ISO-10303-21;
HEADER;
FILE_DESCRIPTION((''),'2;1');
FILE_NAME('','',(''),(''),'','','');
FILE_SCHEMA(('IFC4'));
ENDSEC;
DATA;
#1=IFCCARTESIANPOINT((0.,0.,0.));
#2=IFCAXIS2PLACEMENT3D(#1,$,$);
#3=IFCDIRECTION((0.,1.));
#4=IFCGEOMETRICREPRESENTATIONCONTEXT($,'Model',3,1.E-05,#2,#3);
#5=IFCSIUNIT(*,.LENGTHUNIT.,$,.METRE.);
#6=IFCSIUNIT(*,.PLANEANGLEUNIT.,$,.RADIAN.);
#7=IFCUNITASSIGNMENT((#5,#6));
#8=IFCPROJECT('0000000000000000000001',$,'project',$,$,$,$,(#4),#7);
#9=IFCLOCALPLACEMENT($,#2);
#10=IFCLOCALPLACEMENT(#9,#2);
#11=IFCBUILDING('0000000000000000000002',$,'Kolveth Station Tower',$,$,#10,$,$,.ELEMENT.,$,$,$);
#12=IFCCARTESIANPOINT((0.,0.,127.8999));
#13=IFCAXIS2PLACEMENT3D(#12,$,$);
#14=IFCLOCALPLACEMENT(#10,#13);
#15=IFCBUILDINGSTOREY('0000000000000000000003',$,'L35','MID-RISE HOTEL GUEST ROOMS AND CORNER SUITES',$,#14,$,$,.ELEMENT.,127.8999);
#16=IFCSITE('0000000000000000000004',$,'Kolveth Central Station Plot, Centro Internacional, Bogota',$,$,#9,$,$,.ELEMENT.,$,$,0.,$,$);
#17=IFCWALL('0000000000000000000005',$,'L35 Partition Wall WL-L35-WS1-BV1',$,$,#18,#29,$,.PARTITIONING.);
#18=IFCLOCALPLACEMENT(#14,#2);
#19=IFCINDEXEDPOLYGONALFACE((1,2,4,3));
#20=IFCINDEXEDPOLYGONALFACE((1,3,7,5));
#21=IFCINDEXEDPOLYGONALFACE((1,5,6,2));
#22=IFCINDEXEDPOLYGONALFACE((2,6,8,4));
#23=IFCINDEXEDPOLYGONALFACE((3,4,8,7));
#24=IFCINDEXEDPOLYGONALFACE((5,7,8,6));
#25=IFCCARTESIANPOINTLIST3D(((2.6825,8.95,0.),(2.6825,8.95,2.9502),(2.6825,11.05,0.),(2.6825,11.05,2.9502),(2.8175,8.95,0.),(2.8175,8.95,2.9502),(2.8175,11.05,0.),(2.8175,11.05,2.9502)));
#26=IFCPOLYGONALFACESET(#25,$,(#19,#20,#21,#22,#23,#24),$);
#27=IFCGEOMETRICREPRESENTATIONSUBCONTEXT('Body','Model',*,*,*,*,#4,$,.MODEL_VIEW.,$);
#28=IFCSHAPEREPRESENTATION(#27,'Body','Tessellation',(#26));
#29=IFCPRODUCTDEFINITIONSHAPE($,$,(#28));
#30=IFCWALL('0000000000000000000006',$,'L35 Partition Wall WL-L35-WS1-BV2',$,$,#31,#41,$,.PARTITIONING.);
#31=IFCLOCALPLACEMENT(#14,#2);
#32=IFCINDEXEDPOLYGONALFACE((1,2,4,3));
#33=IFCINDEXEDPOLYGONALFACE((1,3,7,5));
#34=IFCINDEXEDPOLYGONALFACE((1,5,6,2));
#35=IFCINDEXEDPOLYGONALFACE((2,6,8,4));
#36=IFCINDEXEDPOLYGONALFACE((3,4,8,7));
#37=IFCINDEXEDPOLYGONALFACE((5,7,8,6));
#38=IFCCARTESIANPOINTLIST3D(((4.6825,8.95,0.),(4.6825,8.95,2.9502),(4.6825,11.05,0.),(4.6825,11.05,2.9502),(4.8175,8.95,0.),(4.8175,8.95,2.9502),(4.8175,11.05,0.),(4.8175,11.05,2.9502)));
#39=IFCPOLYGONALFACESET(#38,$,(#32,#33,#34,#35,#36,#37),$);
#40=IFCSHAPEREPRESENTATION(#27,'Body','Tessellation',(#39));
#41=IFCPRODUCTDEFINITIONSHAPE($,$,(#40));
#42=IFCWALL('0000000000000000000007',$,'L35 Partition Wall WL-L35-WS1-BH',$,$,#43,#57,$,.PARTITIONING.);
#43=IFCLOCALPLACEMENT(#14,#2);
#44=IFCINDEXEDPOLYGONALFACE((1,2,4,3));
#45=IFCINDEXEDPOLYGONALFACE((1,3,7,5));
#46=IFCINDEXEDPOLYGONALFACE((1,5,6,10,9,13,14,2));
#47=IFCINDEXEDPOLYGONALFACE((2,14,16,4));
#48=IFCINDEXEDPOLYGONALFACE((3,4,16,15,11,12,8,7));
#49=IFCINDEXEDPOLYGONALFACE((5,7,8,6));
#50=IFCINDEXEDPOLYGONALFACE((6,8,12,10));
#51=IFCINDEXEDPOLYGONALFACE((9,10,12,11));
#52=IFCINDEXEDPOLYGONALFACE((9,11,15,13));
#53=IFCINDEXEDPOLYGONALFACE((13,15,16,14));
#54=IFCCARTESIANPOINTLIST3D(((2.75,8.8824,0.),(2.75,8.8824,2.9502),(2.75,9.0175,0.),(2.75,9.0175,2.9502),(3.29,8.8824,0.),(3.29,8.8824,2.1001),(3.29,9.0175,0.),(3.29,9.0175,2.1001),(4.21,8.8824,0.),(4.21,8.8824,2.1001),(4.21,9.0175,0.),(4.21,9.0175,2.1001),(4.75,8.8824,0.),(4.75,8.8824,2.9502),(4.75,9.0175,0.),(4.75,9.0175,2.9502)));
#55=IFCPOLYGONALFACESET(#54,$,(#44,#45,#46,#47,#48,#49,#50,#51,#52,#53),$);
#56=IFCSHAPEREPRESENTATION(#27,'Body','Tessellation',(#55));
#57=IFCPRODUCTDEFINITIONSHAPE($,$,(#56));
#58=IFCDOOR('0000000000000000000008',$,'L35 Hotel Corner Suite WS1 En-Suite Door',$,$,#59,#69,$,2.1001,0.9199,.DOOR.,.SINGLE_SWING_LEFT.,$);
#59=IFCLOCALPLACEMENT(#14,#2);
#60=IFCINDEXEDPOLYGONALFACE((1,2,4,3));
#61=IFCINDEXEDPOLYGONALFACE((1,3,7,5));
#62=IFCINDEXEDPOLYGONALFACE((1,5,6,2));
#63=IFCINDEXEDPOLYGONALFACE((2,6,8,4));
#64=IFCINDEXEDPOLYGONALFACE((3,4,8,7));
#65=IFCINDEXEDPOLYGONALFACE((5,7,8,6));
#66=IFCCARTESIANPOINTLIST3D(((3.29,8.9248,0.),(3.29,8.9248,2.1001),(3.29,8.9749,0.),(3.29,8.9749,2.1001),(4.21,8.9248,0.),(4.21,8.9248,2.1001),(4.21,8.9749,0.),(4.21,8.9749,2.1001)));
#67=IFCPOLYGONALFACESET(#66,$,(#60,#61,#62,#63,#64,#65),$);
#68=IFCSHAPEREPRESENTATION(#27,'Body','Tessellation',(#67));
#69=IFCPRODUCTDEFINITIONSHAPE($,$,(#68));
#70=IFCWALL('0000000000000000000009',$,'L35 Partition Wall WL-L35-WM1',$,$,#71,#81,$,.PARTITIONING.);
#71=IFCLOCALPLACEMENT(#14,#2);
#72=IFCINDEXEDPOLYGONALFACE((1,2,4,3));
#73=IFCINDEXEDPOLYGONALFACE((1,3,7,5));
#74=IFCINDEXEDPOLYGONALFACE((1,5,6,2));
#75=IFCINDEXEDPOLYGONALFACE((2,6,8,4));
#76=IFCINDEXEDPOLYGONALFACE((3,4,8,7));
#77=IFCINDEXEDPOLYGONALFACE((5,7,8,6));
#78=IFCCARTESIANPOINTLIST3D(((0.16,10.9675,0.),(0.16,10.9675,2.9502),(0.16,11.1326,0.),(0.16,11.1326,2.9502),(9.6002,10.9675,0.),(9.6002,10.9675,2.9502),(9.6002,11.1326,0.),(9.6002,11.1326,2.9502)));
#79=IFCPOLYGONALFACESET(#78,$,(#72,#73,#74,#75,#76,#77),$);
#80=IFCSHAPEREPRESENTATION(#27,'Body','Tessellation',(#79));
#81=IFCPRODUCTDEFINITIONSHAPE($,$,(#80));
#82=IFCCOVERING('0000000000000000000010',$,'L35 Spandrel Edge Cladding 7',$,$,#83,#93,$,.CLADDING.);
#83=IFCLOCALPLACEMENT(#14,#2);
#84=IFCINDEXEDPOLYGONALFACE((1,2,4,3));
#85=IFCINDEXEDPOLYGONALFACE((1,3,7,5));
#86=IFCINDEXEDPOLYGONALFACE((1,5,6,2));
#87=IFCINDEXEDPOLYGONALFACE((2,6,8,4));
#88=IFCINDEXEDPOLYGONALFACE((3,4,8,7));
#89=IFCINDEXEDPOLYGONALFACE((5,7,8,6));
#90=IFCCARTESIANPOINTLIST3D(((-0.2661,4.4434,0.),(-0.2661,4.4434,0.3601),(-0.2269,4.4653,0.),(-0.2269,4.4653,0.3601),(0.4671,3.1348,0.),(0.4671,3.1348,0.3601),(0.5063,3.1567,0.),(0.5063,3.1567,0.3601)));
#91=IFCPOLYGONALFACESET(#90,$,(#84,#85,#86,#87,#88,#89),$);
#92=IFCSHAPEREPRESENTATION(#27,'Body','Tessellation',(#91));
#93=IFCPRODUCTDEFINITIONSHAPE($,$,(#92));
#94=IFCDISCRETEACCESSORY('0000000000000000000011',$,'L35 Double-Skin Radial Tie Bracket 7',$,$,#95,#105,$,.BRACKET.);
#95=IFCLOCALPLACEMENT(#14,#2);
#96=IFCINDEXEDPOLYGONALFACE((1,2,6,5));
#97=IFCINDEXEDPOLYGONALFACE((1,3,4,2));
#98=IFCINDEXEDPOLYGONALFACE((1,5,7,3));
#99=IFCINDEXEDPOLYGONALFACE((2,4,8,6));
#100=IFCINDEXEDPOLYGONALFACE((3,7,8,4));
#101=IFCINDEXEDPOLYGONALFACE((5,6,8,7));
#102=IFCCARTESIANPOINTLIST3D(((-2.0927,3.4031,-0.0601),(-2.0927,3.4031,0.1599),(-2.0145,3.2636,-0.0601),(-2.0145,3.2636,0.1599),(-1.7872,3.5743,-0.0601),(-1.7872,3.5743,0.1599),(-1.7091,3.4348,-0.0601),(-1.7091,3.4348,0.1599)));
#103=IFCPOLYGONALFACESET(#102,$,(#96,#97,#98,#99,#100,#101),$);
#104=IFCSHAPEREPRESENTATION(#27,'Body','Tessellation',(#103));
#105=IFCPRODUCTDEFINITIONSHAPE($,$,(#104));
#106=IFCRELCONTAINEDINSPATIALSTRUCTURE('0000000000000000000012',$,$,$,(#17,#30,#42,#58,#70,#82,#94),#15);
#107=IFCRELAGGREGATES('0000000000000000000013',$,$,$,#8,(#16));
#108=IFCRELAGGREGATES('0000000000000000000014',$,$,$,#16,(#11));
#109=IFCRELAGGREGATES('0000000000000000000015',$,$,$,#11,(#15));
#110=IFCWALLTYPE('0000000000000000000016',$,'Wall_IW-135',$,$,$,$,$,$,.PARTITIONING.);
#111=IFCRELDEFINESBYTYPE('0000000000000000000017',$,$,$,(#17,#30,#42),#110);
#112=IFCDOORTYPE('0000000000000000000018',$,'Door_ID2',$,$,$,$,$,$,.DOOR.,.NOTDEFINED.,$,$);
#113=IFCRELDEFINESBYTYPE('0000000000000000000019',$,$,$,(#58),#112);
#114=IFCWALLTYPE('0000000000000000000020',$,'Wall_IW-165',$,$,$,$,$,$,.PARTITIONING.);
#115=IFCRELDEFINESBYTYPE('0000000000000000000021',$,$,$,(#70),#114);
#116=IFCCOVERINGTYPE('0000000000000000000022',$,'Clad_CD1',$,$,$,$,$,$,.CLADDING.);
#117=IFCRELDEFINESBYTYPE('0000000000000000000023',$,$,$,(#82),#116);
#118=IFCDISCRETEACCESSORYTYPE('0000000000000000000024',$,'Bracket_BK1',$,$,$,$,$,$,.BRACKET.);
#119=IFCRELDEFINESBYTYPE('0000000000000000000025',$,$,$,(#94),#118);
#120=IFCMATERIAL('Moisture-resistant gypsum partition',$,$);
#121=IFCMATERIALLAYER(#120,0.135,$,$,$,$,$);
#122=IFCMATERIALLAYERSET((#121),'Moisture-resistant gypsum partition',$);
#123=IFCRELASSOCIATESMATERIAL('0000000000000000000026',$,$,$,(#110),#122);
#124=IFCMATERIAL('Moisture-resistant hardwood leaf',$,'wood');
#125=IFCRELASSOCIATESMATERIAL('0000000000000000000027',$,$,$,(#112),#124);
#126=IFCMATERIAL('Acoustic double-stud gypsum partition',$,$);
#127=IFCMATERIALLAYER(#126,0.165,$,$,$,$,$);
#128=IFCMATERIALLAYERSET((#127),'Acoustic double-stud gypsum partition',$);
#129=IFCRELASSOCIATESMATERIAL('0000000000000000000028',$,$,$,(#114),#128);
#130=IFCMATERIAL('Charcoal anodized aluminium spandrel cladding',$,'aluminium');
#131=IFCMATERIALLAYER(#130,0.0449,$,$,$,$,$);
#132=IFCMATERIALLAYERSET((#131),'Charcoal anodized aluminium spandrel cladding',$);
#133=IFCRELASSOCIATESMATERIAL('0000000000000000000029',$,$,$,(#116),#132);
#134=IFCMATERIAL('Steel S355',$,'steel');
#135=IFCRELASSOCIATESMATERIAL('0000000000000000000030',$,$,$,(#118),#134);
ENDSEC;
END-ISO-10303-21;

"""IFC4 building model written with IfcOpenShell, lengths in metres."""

from ifc_helpers import new_model, si_unit, direction, frame, frame_2d, origin, origin_2d, place, context, subcontext, project, spatial, rectangle, extrude, source, transform, mapped, material, layer, layer_set, type_object, element, fill, save


model = new_model("IFC4")

# Units and contexts
model_context = context("Model", 3, precision=1e-05, world=origin(), true_north=direction((0.0, 1.0)))
body_context = subcontext(model_context, "Body", "Model", "MODEL_VIEW")
ifc_project = project(units=[si_unit("LENGTHUNIT", "METRE"), si_unit("PLANEANGLEUNIT", "RADIAN")], contexts=[model_context])

# Site, building, storey
site_placement = place(None, origin())
site = spatial("IfcSite", under=ifc_project, at=site_placement, Name="Kolveth Central Station Plot, Centro Internacional, Bogota", CompositionType="ELEMENT", RefElevation=0.0)
building_placement = place(site_placement, origin())
building = spatial("IfcBuilding", under=site, at=building_placement, Name="Kolveth Station Tower", CompositionType="ELEMENT")
storey_placement = place(building_placement, frame((0.0, 0.0, 127.8999)))
storey = spatial("IfcBuildingStorey", under=building, at=storey_placement, Name="L35", Description="MID-RISE HOTEL GUEST ROOMS AND CORNER SUITES", CompositionType="ELEMENT", Elevation=127.8999)

# Shared definitions
ifc_material_1 = material(Name="Steel S355", Category="steel")

# Walls
ifc_material_2 = material(Name="Moisture-resistant gypsum partition")
ifc_layer_1 = layer(ifc_material_2, 0.135)
ifc_layer_set_1 = layer_set([ifc_layer_1], Name="Moisture-resistant gypsum partition")
wall_type_1 = type_object("IfcWallType", Name="Wall_IW-135", PredefinedType="PARTITIONING", material=ifc_layer_set_1)
for number, where, z_axis, x_axis, name in (
    (1, (2.75, 8.95, 0.0), (0.0, 0.0, 1.0), (0.0, 1.0, 0.0), "L35 Partition Wall WL-L35-WS1-BV1"),
    (2, (4.75, 8.95, 0.0), (0.0, 0.0, 1.0), (0.0, 1.0, 0.0), "L35 Partition Wall WL-L35-WS1-BV2"),
):
    element("IfcWall", number, at=place(storey_placement, frame(where, z_axis=z_axis, x_axis=x_axis)), inside=storey, type_object=wall_type_1, Name=name, PredefinedType="PARTITIONING", context=body_context, shape_type="SweptSolid", body=[
        extrude(rectangle(XDim=2.1001, YDim=0.135, at=frame_2d((1.05, 0.0))), origin(), (0.0, 0.0, 1.0), 2.9502),
    ])

# Wall, opening, door
wall_1_placement = place(storey_placement, frame((2.75, 8.95, 0.0), z_axis=(0.0, 0.0, 1.0), x_axis=(1.0, 0.0, 0.0)))
wall_1 = element("IfcWall", 3, at=wall_1_placement, inside=storey, type_object=wall_type_1, Name="L35 Partition Wall WL-L35-WS1-BH", PredefinedType="PARTITIONING", context=body_context, shape_type="SweptSolid", body=[
    extrude(rectangle(XDim=2.0, YDim=0.135, at=frame_2d((1.0, 0.0))), origin(), (0.0, 0.0, 1.0), 2.9502),
])
opening_placement = place(wall_1_placement, frame((0.54, 0.0, 0.0)))
opening = element("IfcOpeningElement", 4, at=opening_placement, cuts=wall_1, PredefinedType="OPENING", context=body_context, shape_type="SweptSolid", body=[
    extrude(rectangle(XDim=0.9199, YDim=2.1001, at=frame_2d((0.46, 1.05))), frame((0.0, 0.0774, 0.0), z_axis=(0.0, -1.0, 0.0), x_axis=(1.0, 0.0, 0.0)), (0.0, 0.0, 1.0), 0.155),
])
ifc_material_3 = material(Name="Moisture-resistant hardwood leaf", Category="wood")
door_type = type_object("IfcDoorType", Name="Door_ID2", OperationType="NOTDEFINED", PredefinedType="DOOR", material=ifc_material_3)
door_placement = place(opening_placement, origin())
door = element("IfcDoor", 5, at=door_placement, inside=storey, type_object=door_type, Name="L35 Hotel Corner Suite WS1 En-Suite Door", OperationType="SINGLE_SWING_LEFT", OverallHeight=2.1001, OverallWidth=0.9199, PredefinedType="DOOR", context=body_context, shape_type="SweptSolid", body=[
    extrude(rectangle(XDim=0.9199, YDim=2.1001, at=frame_2d((0.46, 1.05))), frame((0.0, 0.0249, 0.0), z_axis=(0.0, -1.0, 0.0), x_axis=(1.0, 0.0, 0.0)), (0.0, 0.0, 1.0), 0.05),
])
fill(opening, door)

# Wall
ifc_material_4 = material(Name="Acoustic double-stud gypsum partition")
ifc_layer_2 = layer(ifc_material_4, 0.165)
ifc_layer_set_2 = layer_set([ifc_layer_2], Name="Acoustic double-stud gypsum partition")
wall_type_2 = type_object("IfcWallType", Name="Wall_IW-165", PredefinedType="PARTITIONING", material=ifc_layer_set_2)
wall_2_placement = place(storey_placement, frame((0.1599, 11.05, 0.0), z_axis=(0.0, 0.0, 1.0), x_axis=(1.0, 0.0, 0.0)))
element("IfcWall", 6, at=wall_2_placement, inside=storey, type_object=wall_type_2, Name="L35 Partition Wall WL-L35-WM1", PredefinedType="PARTITIONING", context=body_context, shape_type="SweptSolid", body=[
    extrude(rectangle(XDim=9.4402, YDim=0.165, at=frame_2d((4.7202, 0.0))), origin(), (0.0, 0.0, 1.0), 2.9502),
])

# Covering
ifc_material_5 = material(Name="Charcoal anodized aluminium spandrel cladding", Category="aluminium")
ifc_layer_3 = layer(ifc_material_5, 0.0449)
ifc_layer_set_3 = layer_set([ifc_layer_3], Name="Charcoal anodized aluminium spandrel cladding")
covering_type = type_object("IfcCoveringType", Name="Clad_CD1", PredefinedType="CLADDING", material=ifc_layer_set_3)
shared_shape_1 = source(origin(), body_context, "Body", "SweptSolid", [
    extrude(rectangle(XDim=1.5, YDim=0.0449, at=origin_2d()), origin(), (0.0, 0.0, 1.0), 0.3601),
])
covering_placement = place(storey_placement, frame((0.1201, 3.8, 0.0), z_axis=(0.0, 0.0, 1.0), x_axis=(0.488774, -0.872411, 0.0)))
element("IfcCovering", 7, at=covering_placement, inside=storey, type_object=covering_type, Name="L35 Spandrel Edge Cladding 7", PredefinedType="CLADDING", context=body_context, shape_type="MappedRepresentation", body=[
    mapped(shared_shape_1, transform((0.0, 0.0, 0.0), x_axis=(1.0, 0.0, 0.0), y_axis=(0.0, 1.0, 0.0), z_axis=(0.0, 0.0, 1.0), scale=1.0)),
])

# Discrete accessory
discrete_accessory_type = type_object("IfcDiscreteAccessoryType", Name="Bracket_BK1", PredefinedType="BRACKET", material=ifc_material_1)
shared_shape_2 = source(origin(), body_context, "Body", "SweptSolid", [
    extrude(rectangle(XDim=0.3501, YDim=0.1599, at=origin_2d()), origin(), (0.0, 0.0, 1.0), 0.22),
])
discrete_accessory_placement = place(storey_placement, frame((-1.9009, 3.4189, -0.0601), z_axis=(0.0, 0.0, 1.0), x_axis=(-0.872411, -0.488774, 0.0)))
element("IfcDiscreteAccessory", 8, at=discrete_accessory_placement, inside=storey, type_object=discrete_accessory_type, Name="L35 Double-Skin Radial Tie Bracket 7", PredefinedType="BRACKET", context=body_context, shape_type="MappedRepresentation", body=[
    mapped(shared_shape_2, transform((0.0, 0.0, 0.0), x_axis=(1.0, 0.0, 0.0), y_axis=(0.0, 1.0, 0.0), z_axis=(0.0, 0.0, 1.0), scale=1.0)),
])

save(model, "model.ifc")
